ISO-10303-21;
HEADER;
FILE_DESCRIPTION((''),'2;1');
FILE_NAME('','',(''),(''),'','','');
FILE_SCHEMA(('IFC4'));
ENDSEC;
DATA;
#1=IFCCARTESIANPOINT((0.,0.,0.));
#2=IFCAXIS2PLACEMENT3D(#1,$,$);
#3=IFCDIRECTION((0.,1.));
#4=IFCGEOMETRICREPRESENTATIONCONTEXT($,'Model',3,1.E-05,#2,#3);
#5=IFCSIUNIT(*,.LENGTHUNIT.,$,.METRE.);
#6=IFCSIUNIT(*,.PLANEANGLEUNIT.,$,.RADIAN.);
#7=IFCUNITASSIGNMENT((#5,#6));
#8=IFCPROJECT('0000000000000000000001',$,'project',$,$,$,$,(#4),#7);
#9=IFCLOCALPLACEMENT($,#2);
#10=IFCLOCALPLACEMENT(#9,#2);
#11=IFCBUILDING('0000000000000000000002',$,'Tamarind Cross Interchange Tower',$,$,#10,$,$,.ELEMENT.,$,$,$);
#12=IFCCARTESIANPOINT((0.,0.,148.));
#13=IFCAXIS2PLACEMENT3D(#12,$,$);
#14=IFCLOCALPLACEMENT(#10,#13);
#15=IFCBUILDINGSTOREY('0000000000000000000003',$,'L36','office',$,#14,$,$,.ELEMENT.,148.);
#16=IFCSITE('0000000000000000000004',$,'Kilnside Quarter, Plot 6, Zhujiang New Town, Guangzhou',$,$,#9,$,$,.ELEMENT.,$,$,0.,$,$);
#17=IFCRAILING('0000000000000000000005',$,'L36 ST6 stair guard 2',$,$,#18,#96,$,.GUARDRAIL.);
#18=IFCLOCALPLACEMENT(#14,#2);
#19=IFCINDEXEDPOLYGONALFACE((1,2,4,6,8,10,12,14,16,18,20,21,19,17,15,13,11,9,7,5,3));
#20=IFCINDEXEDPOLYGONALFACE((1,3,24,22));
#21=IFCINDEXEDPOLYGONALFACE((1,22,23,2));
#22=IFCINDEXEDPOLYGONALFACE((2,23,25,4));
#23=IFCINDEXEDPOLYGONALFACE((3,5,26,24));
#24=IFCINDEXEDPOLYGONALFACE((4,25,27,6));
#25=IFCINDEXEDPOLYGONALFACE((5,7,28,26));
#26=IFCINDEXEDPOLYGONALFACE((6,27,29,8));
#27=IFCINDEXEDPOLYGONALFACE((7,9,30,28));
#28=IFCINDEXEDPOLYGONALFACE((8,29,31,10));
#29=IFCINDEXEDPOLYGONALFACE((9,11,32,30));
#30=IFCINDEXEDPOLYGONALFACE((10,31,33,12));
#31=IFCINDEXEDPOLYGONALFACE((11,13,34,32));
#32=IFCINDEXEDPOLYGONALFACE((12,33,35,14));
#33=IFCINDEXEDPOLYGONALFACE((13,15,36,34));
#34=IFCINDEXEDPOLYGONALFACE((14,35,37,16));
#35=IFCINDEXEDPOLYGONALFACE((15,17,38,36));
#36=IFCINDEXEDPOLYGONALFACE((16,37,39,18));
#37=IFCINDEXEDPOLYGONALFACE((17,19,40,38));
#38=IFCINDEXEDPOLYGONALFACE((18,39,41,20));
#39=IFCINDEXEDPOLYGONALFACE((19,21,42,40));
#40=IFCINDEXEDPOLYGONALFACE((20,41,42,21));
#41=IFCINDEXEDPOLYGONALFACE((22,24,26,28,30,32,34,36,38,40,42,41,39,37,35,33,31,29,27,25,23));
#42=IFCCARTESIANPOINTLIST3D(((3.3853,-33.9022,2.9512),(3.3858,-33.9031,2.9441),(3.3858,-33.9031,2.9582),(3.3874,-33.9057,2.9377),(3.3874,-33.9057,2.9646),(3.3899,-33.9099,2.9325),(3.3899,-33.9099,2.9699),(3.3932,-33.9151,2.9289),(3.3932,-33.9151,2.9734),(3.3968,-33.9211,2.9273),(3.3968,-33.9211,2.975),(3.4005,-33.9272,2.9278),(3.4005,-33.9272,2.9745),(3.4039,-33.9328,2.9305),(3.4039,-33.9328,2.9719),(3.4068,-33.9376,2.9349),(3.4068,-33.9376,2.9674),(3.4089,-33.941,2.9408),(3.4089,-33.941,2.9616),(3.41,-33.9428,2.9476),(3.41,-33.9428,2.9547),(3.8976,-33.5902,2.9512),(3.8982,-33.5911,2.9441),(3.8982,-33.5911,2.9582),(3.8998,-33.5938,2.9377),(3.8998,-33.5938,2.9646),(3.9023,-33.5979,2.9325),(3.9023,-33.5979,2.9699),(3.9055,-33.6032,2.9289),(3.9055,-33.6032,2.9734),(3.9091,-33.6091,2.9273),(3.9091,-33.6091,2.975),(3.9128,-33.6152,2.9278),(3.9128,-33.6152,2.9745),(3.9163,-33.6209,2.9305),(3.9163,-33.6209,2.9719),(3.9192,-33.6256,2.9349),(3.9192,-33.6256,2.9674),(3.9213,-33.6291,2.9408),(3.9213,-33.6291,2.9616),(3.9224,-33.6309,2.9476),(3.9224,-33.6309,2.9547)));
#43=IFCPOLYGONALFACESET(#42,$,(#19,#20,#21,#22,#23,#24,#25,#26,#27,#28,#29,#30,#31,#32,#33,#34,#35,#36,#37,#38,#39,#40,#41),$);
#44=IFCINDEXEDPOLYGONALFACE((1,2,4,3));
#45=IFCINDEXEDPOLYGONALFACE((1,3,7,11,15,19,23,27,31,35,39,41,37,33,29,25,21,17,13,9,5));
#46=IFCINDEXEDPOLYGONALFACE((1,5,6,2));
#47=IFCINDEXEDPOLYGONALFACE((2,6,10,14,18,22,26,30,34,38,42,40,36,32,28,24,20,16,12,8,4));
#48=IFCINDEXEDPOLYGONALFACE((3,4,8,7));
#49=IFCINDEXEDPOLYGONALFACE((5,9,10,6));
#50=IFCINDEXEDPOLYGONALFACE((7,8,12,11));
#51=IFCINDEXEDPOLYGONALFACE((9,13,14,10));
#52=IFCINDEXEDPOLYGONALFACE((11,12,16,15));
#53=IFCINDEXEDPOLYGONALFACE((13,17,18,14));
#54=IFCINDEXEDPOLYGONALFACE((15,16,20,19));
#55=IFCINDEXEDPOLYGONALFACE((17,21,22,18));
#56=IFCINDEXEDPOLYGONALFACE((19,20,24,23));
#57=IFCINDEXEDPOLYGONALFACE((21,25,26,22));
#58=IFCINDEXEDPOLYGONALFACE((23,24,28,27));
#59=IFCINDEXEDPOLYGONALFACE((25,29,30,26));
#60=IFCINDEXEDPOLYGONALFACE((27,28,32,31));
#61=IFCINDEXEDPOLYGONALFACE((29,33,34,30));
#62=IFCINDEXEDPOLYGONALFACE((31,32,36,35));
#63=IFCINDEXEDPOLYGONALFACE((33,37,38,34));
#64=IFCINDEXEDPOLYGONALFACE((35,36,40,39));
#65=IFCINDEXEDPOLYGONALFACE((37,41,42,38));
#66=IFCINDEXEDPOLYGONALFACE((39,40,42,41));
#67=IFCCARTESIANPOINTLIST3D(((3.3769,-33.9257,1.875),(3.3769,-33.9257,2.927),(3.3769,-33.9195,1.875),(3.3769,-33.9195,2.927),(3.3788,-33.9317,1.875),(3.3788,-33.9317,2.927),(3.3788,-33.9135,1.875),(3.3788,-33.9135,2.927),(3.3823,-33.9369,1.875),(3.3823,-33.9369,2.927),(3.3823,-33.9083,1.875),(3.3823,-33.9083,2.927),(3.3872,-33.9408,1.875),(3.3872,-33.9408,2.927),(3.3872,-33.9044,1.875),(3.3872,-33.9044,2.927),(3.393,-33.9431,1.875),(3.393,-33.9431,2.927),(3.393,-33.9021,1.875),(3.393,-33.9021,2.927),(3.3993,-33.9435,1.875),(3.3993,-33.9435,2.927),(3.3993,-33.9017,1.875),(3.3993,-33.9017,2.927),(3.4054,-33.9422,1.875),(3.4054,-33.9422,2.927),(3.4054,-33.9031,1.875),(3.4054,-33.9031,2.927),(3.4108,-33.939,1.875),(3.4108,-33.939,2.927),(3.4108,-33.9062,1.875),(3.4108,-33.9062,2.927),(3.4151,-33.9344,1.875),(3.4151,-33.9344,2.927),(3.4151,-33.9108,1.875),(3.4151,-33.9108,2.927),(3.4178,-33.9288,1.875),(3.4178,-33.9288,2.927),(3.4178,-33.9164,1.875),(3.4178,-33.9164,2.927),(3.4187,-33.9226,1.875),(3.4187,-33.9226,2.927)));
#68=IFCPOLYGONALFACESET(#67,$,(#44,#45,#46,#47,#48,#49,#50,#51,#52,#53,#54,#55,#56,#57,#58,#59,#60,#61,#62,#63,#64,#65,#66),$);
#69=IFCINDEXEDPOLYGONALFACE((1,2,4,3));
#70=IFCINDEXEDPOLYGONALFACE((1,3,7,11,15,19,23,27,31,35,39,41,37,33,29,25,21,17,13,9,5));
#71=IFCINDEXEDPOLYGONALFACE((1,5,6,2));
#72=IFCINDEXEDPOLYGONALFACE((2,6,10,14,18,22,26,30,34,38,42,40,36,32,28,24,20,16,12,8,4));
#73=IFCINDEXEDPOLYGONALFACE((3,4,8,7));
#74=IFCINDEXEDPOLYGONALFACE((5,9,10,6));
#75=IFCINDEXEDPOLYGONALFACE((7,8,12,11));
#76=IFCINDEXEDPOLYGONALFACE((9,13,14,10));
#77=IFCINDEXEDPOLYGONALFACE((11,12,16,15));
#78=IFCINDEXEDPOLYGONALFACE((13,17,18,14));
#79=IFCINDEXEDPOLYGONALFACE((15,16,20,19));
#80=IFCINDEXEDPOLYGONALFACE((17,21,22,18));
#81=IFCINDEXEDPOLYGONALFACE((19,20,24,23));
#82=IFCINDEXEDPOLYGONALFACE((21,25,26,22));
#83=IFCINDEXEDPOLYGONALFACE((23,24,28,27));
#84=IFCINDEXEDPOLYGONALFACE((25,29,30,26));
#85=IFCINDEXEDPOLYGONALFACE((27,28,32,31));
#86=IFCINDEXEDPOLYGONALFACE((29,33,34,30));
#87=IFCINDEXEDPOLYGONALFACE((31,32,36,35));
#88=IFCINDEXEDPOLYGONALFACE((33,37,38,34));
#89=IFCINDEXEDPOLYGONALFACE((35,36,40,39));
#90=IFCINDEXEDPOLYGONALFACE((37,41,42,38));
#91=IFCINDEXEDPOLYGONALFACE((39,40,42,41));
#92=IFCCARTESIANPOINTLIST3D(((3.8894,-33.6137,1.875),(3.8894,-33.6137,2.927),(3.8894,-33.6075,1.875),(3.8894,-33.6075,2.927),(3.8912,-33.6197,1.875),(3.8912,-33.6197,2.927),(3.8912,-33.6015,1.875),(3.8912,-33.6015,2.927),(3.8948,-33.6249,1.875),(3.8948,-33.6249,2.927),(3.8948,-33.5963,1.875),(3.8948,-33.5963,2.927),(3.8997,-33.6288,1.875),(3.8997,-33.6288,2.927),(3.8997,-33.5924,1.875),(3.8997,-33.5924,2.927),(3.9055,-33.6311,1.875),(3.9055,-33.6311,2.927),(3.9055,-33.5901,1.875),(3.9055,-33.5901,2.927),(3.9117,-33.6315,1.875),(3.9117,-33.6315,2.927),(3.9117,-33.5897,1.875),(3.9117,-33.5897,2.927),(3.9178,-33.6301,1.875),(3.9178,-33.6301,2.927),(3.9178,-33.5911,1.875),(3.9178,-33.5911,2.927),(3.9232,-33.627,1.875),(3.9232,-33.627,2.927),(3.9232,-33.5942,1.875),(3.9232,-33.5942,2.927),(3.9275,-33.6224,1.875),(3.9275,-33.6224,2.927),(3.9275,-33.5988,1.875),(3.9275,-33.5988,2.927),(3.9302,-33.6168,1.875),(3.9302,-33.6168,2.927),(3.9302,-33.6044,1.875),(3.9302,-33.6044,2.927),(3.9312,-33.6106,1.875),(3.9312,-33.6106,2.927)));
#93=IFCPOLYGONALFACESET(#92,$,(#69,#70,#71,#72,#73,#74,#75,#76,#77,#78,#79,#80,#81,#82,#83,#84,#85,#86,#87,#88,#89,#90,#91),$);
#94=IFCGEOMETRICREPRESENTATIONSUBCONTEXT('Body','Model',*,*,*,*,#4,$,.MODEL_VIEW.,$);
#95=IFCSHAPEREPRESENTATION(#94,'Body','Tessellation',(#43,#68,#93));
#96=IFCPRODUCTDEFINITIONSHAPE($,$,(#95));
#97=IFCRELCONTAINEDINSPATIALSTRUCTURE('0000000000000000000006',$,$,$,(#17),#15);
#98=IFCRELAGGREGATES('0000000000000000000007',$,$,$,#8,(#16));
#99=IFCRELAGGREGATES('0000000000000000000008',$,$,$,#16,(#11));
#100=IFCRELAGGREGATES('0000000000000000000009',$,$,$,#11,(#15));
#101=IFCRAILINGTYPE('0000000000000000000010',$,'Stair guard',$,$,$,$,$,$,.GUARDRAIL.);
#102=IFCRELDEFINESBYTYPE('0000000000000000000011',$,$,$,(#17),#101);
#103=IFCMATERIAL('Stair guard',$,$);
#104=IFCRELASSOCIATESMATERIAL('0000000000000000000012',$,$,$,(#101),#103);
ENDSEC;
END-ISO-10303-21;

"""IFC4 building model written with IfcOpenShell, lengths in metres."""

from ifc_helpers import new_model, si_unit, direction, frame, origin, origin_2d, place, context, subcontext, project, spatial, circle, extrude, material, type_object, element, save


model = new_model("IFC4")

# Units and contexts
model_context = context("Model", 3, precision=1e-05, world=origin(), true_north=direction((0.0, 1.0)))
body_context = subcontext(model_context, "Body", "Model", "MODEL_VIEW")
ifc_project = project(units=[si_unit("LENGTHUNIT", "METRE"), si_unit("PLANEANGLEUNIT", "RADIAN")], contexts=[model_context])

# Site, building, storey
site_placement = place(None, origin())
site = spatial("IfcSite", under=ifc_project, at=site_placement, Name="Kilnside Quarter, Plot 6, Zhujiang New Town, Guangzhou", CompositionType="ELEMENT", RefElevation=0.0)
building_placement = place(site_placement, origin())
building = spatial("IfcBuilding", under=site, at=building_placement, Name="Tamarind Cross Interchange Tower", CompositionType="ELEMENT")
storey_placement = place(building_placement, frame((0.0, 0.0, 148.0)))
storey = spatial("IfcBuildingStorey", under=building, at=storey_placement, Name="L36", Description="office", CompositionType="ELEMENT", Elevation=148.0)

# Railing
ifc_material_1 = material(Name="Stair guard")
railing_type_1 = type_object("IfcRailingType", Name="Stair guard", PredefinedType="GUARDRAIL", material=ifc_material_1)
railing_1_placement = place(storey_placement, frame((3.3977, -33.9226, 1.875)))
element("IfcRailing", 1, at=railing_1_placement, inside=storey, type_object=railing_type_1, Name="L36 ST6 stair guard 2", PredefinedType="GUARDRAIL", context=body_context, shape_type="SweptSolid", body=[
    extrude(circle(Radius=0.0239, at=origin_2d()), frame((0.0, 0.0, 1.0762), z_axis=(0.854136, 0.52005, 0.0), x_axis=(-0.52005, 0.854136, 0.0)), (0.0, 0.0, 1.0), 0.5999),
    extrude(circle(Radius=0.021, at=origin_2d()), origin(), (0.0, 0.0, 1.0), 1.052),
    extrude(circle(Radius=0.021, at=origin_2d()), frame((0.5125, 0.312, 0.0)), (0.0, 0.0, 1.0), 1.052),
])

save(model, "model.ifc")
